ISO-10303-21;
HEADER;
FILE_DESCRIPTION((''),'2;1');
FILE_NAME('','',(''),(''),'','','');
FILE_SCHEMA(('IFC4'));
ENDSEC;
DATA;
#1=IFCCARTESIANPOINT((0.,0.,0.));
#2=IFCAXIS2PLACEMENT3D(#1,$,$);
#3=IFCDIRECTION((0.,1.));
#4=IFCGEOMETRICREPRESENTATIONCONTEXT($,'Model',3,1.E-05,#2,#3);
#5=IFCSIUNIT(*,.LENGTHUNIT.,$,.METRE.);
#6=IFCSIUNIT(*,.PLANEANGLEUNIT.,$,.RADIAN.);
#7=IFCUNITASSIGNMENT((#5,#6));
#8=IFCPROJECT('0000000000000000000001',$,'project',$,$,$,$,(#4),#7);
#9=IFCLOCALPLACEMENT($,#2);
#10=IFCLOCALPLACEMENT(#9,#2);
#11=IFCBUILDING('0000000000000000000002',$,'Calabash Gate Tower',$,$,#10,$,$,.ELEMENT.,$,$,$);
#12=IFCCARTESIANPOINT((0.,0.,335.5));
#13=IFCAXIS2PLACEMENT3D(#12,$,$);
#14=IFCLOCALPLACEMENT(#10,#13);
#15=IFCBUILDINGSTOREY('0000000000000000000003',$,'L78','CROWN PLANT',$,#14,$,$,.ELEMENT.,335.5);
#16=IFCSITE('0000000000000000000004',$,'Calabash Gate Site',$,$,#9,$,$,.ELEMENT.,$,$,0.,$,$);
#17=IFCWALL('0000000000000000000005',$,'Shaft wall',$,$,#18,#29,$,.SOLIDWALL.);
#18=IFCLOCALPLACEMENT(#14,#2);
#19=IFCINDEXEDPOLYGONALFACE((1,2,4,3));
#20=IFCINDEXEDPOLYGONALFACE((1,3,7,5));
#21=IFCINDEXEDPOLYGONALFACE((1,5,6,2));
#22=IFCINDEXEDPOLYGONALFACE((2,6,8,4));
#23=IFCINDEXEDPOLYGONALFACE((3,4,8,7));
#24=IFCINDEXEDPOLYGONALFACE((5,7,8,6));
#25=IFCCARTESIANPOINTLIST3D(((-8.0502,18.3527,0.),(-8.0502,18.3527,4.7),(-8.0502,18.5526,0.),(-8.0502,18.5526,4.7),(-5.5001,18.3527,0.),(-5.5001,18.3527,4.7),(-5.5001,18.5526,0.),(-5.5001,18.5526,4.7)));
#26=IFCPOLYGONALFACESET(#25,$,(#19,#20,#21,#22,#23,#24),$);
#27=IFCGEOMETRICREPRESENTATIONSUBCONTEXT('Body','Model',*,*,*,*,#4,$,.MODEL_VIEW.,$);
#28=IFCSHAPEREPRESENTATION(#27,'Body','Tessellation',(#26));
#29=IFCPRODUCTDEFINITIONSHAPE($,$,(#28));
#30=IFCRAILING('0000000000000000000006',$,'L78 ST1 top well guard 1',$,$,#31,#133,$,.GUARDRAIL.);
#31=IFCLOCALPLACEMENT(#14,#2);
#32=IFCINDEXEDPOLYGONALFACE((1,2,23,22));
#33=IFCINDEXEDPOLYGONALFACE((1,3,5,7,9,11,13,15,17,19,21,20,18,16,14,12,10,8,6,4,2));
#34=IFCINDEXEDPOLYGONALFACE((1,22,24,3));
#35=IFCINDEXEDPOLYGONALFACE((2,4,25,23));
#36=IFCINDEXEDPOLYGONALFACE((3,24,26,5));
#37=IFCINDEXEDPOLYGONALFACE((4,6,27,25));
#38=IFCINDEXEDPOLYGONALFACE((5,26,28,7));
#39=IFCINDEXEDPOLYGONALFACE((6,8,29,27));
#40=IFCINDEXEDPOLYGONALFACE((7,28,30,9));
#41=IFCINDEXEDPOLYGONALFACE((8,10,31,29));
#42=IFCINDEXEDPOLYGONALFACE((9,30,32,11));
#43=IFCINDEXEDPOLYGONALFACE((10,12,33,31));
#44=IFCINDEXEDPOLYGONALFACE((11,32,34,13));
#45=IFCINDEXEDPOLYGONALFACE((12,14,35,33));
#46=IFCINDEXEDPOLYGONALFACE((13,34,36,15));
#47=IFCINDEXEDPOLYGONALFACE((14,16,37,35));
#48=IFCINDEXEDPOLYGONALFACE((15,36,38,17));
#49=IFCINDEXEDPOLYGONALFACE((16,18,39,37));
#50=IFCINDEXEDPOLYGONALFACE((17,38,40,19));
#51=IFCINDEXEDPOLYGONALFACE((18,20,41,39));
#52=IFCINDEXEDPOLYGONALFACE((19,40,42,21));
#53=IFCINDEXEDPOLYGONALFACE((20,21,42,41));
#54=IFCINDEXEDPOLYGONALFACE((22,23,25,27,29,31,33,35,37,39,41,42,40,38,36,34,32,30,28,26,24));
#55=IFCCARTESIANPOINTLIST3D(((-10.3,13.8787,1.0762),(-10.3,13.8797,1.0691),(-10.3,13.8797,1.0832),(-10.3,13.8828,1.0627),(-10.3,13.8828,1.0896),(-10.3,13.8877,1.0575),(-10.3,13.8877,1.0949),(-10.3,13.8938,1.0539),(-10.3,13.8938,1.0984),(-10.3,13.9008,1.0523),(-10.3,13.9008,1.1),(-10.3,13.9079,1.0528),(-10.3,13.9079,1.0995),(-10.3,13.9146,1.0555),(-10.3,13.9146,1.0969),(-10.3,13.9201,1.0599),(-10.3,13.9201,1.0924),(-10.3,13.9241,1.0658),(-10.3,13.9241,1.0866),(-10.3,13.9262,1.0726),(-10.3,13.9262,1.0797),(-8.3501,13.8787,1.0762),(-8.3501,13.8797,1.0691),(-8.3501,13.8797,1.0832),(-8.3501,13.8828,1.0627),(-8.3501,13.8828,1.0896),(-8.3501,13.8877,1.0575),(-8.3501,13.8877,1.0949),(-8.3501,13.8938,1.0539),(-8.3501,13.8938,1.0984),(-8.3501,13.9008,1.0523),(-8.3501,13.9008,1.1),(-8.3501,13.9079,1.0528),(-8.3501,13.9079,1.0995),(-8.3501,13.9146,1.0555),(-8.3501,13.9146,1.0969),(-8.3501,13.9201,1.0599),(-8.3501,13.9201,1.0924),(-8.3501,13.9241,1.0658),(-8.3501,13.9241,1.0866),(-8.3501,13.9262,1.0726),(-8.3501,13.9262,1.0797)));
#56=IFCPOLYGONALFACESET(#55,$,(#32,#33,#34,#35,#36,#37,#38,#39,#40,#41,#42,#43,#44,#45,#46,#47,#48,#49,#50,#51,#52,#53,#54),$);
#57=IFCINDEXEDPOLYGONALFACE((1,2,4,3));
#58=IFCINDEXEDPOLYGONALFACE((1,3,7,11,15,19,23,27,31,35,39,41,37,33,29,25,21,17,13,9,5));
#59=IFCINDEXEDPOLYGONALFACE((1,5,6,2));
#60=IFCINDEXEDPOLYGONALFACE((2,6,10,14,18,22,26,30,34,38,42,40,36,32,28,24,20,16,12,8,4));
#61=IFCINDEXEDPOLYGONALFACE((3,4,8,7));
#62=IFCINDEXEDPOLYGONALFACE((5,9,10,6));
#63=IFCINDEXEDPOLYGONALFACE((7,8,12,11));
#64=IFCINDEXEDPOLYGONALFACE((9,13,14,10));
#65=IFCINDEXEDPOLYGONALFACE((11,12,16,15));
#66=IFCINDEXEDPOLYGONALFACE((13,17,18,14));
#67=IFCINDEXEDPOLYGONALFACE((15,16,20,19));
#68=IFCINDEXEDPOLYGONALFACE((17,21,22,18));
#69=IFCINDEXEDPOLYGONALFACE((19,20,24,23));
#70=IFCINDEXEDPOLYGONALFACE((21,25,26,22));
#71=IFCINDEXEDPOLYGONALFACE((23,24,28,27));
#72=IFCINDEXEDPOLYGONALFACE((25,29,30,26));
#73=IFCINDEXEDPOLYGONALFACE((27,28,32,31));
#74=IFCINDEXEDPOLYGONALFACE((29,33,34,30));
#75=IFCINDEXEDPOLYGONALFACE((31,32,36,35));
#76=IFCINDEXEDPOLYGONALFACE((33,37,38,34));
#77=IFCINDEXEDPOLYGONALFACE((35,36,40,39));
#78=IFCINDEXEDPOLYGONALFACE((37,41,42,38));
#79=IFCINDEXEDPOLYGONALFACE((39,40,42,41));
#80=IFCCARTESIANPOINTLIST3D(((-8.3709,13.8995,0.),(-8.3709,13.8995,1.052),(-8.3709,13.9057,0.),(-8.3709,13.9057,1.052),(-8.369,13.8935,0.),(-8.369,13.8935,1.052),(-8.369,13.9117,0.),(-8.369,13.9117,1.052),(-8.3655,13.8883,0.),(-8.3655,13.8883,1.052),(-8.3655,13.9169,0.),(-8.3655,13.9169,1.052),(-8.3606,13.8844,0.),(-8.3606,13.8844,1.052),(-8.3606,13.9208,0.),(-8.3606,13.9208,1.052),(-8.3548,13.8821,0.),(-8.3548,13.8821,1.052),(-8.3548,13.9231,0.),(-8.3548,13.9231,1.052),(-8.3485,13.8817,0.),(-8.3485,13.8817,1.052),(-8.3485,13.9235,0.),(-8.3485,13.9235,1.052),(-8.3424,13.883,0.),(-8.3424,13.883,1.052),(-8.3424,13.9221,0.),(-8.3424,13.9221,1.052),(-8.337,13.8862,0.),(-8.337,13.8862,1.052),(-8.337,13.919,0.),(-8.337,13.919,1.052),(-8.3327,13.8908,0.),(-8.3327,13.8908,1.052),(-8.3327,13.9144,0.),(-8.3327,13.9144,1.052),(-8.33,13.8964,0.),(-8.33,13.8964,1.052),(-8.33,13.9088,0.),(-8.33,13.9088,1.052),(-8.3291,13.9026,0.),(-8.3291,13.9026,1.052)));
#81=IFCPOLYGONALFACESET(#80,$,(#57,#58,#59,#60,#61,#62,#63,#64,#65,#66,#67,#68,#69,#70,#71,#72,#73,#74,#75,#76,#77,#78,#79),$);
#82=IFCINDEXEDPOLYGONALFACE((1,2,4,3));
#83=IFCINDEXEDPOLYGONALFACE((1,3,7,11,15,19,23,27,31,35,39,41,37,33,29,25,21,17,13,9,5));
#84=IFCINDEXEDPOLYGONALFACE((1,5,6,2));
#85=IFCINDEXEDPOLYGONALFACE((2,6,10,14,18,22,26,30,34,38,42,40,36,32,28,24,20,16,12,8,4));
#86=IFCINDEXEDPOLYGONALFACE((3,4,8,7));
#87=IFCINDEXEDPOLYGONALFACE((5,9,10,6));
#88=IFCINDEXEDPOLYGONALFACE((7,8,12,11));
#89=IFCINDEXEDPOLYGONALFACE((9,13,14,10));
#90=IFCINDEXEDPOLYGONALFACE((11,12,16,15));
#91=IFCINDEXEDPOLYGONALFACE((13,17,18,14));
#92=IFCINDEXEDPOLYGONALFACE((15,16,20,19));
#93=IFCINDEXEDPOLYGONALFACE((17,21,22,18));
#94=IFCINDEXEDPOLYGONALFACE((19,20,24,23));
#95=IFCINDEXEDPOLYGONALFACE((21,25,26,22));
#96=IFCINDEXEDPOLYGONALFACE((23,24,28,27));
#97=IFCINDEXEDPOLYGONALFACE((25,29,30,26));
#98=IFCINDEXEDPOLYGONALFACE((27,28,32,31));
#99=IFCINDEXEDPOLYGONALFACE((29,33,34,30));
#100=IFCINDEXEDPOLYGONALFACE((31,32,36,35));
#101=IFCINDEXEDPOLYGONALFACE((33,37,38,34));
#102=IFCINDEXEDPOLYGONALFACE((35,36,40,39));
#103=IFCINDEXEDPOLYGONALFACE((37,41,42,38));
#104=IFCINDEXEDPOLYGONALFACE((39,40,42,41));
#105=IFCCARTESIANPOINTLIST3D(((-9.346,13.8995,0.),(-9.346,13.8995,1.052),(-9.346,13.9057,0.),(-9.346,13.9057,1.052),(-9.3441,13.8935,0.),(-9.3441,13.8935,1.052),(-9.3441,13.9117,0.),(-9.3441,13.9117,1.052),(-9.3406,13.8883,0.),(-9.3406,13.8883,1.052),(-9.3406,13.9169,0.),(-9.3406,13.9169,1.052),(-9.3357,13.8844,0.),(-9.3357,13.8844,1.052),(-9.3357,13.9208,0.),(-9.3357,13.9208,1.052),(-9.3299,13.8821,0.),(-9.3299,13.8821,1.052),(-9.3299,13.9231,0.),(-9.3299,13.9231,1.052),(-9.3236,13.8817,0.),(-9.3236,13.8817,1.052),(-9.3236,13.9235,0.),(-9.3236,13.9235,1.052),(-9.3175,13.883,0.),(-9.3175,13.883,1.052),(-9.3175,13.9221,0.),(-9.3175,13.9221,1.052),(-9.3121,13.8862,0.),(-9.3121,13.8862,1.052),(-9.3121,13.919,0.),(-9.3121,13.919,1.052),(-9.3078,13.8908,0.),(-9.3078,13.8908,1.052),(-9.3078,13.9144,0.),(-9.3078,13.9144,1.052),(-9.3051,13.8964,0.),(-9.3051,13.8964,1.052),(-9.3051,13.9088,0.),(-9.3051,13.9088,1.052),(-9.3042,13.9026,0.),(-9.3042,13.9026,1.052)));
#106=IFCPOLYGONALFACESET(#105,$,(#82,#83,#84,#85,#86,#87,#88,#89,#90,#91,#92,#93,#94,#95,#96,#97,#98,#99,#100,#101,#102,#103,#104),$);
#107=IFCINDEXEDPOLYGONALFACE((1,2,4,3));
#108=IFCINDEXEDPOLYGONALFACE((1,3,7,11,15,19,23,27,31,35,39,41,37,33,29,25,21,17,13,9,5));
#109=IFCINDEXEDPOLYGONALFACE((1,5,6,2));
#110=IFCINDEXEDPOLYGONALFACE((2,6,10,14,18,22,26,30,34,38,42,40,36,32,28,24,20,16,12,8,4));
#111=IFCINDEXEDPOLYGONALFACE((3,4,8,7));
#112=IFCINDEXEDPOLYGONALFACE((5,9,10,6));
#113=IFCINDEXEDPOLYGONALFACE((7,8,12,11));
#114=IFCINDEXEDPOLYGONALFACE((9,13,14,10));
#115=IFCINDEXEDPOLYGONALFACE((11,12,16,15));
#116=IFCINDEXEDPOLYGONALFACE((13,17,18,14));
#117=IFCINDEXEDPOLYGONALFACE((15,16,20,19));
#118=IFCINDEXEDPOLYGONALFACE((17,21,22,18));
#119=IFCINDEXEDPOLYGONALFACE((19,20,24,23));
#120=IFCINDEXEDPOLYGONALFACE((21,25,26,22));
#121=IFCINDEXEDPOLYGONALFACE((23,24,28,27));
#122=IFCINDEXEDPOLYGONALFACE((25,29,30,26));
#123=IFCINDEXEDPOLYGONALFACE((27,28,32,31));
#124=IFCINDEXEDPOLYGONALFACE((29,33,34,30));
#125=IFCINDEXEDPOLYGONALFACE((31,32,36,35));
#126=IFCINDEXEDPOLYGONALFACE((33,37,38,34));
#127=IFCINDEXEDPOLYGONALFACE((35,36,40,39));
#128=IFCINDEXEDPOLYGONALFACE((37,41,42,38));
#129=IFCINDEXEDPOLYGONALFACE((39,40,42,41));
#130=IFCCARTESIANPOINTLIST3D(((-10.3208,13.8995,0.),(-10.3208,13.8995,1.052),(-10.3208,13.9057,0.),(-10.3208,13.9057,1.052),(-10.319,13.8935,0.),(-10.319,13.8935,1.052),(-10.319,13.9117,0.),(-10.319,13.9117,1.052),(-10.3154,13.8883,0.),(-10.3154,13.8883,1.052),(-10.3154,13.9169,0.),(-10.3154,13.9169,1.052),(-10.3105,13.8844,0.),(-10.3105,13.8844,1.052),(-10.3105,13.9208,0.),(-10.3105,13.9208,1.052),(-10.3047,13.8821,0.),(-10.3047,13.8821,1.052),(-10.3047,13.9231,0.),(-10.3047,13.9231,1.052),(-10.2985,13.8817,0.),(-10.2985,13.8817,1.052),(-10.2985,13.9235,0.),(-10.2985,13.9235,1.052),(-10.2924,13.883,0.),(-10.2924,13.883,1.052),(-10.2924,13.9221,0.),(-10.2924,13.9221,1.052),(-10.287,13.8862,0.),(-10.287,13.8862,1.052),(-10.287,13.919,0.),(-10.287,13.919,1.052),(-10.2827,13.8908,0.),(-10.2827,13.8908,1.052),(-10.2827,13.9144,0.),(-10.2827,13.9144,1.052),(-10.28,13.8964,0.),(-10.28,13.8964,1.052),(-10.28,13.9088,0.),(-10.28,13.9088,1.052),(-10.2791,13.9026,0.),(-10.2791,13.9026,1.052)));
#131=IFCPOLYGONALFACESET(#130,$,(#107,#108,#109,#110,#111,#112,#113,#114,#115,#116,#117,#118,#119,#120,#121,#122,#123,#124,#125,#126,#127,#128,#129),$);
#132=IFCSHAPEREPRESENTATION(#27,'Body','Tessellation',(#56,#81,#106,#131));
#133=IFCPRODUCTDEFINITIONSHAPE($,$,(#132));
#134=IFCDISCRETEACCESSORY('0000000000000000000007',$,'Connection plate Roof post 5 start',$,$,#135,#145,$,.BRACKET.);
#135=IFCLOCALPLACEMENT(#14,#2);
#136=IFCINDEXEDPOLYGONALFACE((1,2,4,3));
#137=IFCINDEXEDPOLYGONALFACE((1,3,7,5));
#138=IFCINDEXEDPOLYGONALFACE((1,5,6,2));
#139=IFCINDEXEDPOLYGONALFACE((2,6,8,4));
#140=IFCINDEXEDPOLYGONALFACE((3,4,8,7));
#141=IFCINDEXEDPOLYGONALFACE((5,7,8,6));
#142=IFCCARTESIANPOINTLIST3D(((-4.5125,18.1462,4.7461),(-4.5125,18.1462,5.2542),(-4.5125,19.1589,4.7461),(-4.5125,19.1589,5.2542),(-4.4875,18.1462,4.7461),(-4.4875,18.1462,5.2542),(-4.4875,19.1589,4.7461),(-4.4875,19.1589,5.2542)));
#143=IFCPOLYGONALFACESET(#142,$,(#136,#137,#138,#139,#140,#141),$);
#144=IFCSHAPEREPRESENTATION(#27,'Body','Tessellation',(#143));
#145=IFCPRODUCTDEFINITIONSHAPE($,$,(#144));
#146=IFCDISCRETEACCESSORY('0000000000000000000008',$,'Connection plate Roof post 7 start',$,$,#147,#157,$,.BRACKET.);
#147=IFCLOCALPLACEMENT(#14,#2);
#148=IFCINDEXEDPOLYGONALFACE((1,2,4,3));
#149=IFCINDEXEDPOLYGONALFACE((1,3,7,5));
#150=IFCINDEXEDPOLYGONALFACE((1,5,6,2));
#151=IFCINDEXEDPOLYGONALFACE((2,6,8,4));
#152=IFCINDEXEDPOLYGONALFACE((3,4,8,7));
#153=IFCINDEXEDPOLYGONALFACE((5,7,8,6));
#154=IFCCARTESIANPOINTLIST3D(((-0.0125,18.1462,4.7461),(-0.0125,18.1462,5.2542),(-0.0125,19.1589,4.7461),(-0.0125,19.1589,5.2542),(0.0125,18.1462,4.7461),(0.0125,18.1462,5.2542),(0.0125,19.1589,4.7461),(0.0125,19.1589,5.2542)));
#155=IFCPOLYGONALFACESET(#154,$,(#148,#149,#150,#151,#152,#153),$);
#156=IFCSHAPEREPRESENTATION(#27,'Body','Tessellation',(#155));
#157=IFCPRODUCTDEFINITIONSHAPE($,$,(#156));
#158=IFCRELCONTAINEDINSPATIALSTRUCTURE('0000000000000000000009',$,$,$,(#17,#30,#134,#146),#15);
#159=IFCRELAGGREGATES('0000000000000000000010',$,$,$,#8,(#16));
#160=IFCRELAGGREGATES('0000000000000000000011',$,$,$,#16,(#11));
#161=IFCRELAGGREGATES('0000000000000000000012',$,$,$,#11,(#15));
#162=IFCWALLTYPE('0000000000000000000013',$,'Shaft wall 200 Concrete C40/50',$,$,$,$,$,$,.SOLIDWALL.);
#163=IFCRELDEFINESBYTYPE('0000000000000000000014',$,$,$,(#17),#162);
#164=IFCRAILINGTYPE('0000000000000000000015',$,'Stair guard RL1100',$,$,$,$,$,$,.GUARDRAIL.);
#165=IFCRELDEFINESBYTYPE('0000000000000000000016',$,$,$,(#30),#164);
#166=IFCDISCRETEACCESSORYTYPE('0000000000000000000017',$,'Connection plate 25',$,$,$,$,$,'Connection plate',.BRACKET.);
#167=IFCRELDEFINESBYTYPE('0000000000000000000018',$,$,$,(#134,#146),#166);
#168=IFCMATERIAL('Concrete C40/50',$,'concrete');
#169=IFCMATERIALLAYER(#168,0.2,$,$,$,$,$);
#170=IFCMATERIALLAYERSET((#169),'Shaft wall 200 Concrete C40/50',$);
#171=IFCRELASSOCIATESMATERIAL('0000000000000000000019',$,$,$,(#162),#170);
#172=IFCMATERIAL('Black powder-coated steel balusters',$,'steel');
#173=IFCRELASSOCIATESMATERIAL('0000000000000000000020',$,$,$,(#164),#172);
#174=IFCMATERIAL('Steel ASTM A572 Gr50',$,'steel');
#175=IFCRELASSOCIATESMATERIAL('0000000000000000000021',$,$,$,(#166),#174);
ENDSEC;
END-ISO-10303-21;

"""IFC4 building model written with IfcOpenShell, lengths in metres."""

from ifc_helpers import new_model, si_unit, direction, frame, frame_2d, origin, origin_2d, place, context, subcontext, project, spatial, rectangle, circle, extrude, material, layer, layer_set, type_object, element, save


model = new_model("IFC4")

# Units and contexts
model_context = context("Model", 3, precision=1e-05, world=origin(), true_north=direction((0.0, 1.0)))
body_context = subcontext(model_context, "Body", "Model", "MODEL_VIEW")
ifc_project = project(units=[si_unit("LENGTHUNIT", "METRE"), si_unit("PLANEANGLEUNIT", "RADIAN")], contexts=[model_context])

# Site, building, storey
site_placement = place(None, origin())
site = spatial("IfcSite", under=ifc_project, at=site_placement, Name="Calabash Gate Site", CompositionType="ELEMENT", RefElevation=0.0)
building_placement = place(site_placement, origin())
building = spatial("IfcBuilding", under=site, at=building_placement, Name="Calabash Gate Tower", CompositionType="ELEMENT")
storey_placement = place(building_placement, frame((0.0, 0.0, 335.5)))
storey = spatial("IfcBuildingStorey", under=building, at=storey_placement, Name="L78", Description="CROWN PLANT", CompositionType="ELEMENT", Elevation=335.5)

# Shared definitions
ifc_material_1 = material(Name="Concrete C40/50", Category="concrete")
ifc_layer_1 = layer(ifc_material_1, 0.2)
ifc_layer_set_1 = layer_set([ifc_layer_1], Name="Shaft wall 200 Concrete C40/50")
wall_type_1 = type_object("IfcWallType", Name="Shaft wall 200 Concrete C40/50", PredefinedType="SOLIDWALL", material=ifc_layer_set_1)

# Wall
wall_1_placement = place(storey_placement, frame((-8.05, 18.4526, 0.0), z_axis=(0.0, 0.0, 1.0), x_axis=(1.0, 0.0, 0.0)))
element("IfcWall", 1, at=wall_1_placement, inside=storey, type_object=wall_type_1, Name="Shaft wall", PredefinedType="SOLIDWALL", context=body_context, shape_type="SweptSolid", body=[
    extrude(rectangle(XDim=2.55, YDim=0.2, at=frame_2d((1.2749, 0.0))), origin(), (0.0, 0.0, 1.0), 4.7),
])

# Railing
ifc_material_2 = material(Name="Black powder-coated steel balusters", Category="steel")
railing_type = type_object("IfcRailingType", Name="Stair guard RL1100", PredefinedType="GUARDRAIL", material=ifc_material_2)
railing_placement = place(storey_placement, frame((-8.3501, 13.9026, 0.0)))
element("IfcRailing", 2, at=railing_placement, inside=storey, type_object=railing_type, Name="L78 ST1 top well guard 1", PredefinedType="GUARDRAIL", context=body_context, shape_type="SweptSolid", body=[
    extrude(circle(Radius=0.0239, at=origin_2d()), frame((0.0, 0.0, 1.0762), z_axis=(-1.0, 0.0, 0.0), x_axis=(0.0, -1.0, 0.0)), (0.0, 0.0, 1.0), 1.95),
    extrude(circle(Radius=0.021, at=origin_2d()), origin(), (0.0, 0.0, 1.0), 1.052),
    extrude(circle(Radius=0.021, at=origin_2d()), frame((-0.9751, 0.0, 0.0)), (0.0, 0.0, 1.0), 1.052),
    extrude(circle(Radius=0.021, at=origin_2d()), frame((-1.95, 0.0, 0.0)), (0.0, 0.0, 1.0), 1.052),
])

# Discrete accessories
ifc_material_3 = material(Name="Steel ASTM A572 Gr50", Category="steel")
discrete_accessory_type = type_object("IfcDiscreteAccessoryType", Name="Connection plate 25", ElementType="Connection plate", PredefinedType="BRACKET", material=ifc_material_3)
for number, where, z_axis, x_axis, name in (
    (3, (-4.5, 18.6526, 4.7461), (0.0, 0.0, 1.0), (0.0, 1.0, 0.0), "Connection plate Roof post 5 start"),
    (4, (0.0, 18.6526, 4.7461), (0.0, 0.0, 1.0), (0.0, 1.0, 0.0), "Connection plate Roof post 7 start"),
):
    element("IfcDiscreteAccessory", number, at=place(storey_placement, frame(where, z_axis=z_axis, x_axis=x_axis)), inside=storey, type_object=discrete_accessory_type, Name=name, PredefinedType="BRACKET", context=body_context, shape_type="SweptSolid", body=[
        extrude(rectangle(XDim=1.0127, YDim=0.0249, at=origin_2d()), origin(), (0.0, 0.0, 1.0), 0.5081),
    ])

save(model, "model.ifc")
